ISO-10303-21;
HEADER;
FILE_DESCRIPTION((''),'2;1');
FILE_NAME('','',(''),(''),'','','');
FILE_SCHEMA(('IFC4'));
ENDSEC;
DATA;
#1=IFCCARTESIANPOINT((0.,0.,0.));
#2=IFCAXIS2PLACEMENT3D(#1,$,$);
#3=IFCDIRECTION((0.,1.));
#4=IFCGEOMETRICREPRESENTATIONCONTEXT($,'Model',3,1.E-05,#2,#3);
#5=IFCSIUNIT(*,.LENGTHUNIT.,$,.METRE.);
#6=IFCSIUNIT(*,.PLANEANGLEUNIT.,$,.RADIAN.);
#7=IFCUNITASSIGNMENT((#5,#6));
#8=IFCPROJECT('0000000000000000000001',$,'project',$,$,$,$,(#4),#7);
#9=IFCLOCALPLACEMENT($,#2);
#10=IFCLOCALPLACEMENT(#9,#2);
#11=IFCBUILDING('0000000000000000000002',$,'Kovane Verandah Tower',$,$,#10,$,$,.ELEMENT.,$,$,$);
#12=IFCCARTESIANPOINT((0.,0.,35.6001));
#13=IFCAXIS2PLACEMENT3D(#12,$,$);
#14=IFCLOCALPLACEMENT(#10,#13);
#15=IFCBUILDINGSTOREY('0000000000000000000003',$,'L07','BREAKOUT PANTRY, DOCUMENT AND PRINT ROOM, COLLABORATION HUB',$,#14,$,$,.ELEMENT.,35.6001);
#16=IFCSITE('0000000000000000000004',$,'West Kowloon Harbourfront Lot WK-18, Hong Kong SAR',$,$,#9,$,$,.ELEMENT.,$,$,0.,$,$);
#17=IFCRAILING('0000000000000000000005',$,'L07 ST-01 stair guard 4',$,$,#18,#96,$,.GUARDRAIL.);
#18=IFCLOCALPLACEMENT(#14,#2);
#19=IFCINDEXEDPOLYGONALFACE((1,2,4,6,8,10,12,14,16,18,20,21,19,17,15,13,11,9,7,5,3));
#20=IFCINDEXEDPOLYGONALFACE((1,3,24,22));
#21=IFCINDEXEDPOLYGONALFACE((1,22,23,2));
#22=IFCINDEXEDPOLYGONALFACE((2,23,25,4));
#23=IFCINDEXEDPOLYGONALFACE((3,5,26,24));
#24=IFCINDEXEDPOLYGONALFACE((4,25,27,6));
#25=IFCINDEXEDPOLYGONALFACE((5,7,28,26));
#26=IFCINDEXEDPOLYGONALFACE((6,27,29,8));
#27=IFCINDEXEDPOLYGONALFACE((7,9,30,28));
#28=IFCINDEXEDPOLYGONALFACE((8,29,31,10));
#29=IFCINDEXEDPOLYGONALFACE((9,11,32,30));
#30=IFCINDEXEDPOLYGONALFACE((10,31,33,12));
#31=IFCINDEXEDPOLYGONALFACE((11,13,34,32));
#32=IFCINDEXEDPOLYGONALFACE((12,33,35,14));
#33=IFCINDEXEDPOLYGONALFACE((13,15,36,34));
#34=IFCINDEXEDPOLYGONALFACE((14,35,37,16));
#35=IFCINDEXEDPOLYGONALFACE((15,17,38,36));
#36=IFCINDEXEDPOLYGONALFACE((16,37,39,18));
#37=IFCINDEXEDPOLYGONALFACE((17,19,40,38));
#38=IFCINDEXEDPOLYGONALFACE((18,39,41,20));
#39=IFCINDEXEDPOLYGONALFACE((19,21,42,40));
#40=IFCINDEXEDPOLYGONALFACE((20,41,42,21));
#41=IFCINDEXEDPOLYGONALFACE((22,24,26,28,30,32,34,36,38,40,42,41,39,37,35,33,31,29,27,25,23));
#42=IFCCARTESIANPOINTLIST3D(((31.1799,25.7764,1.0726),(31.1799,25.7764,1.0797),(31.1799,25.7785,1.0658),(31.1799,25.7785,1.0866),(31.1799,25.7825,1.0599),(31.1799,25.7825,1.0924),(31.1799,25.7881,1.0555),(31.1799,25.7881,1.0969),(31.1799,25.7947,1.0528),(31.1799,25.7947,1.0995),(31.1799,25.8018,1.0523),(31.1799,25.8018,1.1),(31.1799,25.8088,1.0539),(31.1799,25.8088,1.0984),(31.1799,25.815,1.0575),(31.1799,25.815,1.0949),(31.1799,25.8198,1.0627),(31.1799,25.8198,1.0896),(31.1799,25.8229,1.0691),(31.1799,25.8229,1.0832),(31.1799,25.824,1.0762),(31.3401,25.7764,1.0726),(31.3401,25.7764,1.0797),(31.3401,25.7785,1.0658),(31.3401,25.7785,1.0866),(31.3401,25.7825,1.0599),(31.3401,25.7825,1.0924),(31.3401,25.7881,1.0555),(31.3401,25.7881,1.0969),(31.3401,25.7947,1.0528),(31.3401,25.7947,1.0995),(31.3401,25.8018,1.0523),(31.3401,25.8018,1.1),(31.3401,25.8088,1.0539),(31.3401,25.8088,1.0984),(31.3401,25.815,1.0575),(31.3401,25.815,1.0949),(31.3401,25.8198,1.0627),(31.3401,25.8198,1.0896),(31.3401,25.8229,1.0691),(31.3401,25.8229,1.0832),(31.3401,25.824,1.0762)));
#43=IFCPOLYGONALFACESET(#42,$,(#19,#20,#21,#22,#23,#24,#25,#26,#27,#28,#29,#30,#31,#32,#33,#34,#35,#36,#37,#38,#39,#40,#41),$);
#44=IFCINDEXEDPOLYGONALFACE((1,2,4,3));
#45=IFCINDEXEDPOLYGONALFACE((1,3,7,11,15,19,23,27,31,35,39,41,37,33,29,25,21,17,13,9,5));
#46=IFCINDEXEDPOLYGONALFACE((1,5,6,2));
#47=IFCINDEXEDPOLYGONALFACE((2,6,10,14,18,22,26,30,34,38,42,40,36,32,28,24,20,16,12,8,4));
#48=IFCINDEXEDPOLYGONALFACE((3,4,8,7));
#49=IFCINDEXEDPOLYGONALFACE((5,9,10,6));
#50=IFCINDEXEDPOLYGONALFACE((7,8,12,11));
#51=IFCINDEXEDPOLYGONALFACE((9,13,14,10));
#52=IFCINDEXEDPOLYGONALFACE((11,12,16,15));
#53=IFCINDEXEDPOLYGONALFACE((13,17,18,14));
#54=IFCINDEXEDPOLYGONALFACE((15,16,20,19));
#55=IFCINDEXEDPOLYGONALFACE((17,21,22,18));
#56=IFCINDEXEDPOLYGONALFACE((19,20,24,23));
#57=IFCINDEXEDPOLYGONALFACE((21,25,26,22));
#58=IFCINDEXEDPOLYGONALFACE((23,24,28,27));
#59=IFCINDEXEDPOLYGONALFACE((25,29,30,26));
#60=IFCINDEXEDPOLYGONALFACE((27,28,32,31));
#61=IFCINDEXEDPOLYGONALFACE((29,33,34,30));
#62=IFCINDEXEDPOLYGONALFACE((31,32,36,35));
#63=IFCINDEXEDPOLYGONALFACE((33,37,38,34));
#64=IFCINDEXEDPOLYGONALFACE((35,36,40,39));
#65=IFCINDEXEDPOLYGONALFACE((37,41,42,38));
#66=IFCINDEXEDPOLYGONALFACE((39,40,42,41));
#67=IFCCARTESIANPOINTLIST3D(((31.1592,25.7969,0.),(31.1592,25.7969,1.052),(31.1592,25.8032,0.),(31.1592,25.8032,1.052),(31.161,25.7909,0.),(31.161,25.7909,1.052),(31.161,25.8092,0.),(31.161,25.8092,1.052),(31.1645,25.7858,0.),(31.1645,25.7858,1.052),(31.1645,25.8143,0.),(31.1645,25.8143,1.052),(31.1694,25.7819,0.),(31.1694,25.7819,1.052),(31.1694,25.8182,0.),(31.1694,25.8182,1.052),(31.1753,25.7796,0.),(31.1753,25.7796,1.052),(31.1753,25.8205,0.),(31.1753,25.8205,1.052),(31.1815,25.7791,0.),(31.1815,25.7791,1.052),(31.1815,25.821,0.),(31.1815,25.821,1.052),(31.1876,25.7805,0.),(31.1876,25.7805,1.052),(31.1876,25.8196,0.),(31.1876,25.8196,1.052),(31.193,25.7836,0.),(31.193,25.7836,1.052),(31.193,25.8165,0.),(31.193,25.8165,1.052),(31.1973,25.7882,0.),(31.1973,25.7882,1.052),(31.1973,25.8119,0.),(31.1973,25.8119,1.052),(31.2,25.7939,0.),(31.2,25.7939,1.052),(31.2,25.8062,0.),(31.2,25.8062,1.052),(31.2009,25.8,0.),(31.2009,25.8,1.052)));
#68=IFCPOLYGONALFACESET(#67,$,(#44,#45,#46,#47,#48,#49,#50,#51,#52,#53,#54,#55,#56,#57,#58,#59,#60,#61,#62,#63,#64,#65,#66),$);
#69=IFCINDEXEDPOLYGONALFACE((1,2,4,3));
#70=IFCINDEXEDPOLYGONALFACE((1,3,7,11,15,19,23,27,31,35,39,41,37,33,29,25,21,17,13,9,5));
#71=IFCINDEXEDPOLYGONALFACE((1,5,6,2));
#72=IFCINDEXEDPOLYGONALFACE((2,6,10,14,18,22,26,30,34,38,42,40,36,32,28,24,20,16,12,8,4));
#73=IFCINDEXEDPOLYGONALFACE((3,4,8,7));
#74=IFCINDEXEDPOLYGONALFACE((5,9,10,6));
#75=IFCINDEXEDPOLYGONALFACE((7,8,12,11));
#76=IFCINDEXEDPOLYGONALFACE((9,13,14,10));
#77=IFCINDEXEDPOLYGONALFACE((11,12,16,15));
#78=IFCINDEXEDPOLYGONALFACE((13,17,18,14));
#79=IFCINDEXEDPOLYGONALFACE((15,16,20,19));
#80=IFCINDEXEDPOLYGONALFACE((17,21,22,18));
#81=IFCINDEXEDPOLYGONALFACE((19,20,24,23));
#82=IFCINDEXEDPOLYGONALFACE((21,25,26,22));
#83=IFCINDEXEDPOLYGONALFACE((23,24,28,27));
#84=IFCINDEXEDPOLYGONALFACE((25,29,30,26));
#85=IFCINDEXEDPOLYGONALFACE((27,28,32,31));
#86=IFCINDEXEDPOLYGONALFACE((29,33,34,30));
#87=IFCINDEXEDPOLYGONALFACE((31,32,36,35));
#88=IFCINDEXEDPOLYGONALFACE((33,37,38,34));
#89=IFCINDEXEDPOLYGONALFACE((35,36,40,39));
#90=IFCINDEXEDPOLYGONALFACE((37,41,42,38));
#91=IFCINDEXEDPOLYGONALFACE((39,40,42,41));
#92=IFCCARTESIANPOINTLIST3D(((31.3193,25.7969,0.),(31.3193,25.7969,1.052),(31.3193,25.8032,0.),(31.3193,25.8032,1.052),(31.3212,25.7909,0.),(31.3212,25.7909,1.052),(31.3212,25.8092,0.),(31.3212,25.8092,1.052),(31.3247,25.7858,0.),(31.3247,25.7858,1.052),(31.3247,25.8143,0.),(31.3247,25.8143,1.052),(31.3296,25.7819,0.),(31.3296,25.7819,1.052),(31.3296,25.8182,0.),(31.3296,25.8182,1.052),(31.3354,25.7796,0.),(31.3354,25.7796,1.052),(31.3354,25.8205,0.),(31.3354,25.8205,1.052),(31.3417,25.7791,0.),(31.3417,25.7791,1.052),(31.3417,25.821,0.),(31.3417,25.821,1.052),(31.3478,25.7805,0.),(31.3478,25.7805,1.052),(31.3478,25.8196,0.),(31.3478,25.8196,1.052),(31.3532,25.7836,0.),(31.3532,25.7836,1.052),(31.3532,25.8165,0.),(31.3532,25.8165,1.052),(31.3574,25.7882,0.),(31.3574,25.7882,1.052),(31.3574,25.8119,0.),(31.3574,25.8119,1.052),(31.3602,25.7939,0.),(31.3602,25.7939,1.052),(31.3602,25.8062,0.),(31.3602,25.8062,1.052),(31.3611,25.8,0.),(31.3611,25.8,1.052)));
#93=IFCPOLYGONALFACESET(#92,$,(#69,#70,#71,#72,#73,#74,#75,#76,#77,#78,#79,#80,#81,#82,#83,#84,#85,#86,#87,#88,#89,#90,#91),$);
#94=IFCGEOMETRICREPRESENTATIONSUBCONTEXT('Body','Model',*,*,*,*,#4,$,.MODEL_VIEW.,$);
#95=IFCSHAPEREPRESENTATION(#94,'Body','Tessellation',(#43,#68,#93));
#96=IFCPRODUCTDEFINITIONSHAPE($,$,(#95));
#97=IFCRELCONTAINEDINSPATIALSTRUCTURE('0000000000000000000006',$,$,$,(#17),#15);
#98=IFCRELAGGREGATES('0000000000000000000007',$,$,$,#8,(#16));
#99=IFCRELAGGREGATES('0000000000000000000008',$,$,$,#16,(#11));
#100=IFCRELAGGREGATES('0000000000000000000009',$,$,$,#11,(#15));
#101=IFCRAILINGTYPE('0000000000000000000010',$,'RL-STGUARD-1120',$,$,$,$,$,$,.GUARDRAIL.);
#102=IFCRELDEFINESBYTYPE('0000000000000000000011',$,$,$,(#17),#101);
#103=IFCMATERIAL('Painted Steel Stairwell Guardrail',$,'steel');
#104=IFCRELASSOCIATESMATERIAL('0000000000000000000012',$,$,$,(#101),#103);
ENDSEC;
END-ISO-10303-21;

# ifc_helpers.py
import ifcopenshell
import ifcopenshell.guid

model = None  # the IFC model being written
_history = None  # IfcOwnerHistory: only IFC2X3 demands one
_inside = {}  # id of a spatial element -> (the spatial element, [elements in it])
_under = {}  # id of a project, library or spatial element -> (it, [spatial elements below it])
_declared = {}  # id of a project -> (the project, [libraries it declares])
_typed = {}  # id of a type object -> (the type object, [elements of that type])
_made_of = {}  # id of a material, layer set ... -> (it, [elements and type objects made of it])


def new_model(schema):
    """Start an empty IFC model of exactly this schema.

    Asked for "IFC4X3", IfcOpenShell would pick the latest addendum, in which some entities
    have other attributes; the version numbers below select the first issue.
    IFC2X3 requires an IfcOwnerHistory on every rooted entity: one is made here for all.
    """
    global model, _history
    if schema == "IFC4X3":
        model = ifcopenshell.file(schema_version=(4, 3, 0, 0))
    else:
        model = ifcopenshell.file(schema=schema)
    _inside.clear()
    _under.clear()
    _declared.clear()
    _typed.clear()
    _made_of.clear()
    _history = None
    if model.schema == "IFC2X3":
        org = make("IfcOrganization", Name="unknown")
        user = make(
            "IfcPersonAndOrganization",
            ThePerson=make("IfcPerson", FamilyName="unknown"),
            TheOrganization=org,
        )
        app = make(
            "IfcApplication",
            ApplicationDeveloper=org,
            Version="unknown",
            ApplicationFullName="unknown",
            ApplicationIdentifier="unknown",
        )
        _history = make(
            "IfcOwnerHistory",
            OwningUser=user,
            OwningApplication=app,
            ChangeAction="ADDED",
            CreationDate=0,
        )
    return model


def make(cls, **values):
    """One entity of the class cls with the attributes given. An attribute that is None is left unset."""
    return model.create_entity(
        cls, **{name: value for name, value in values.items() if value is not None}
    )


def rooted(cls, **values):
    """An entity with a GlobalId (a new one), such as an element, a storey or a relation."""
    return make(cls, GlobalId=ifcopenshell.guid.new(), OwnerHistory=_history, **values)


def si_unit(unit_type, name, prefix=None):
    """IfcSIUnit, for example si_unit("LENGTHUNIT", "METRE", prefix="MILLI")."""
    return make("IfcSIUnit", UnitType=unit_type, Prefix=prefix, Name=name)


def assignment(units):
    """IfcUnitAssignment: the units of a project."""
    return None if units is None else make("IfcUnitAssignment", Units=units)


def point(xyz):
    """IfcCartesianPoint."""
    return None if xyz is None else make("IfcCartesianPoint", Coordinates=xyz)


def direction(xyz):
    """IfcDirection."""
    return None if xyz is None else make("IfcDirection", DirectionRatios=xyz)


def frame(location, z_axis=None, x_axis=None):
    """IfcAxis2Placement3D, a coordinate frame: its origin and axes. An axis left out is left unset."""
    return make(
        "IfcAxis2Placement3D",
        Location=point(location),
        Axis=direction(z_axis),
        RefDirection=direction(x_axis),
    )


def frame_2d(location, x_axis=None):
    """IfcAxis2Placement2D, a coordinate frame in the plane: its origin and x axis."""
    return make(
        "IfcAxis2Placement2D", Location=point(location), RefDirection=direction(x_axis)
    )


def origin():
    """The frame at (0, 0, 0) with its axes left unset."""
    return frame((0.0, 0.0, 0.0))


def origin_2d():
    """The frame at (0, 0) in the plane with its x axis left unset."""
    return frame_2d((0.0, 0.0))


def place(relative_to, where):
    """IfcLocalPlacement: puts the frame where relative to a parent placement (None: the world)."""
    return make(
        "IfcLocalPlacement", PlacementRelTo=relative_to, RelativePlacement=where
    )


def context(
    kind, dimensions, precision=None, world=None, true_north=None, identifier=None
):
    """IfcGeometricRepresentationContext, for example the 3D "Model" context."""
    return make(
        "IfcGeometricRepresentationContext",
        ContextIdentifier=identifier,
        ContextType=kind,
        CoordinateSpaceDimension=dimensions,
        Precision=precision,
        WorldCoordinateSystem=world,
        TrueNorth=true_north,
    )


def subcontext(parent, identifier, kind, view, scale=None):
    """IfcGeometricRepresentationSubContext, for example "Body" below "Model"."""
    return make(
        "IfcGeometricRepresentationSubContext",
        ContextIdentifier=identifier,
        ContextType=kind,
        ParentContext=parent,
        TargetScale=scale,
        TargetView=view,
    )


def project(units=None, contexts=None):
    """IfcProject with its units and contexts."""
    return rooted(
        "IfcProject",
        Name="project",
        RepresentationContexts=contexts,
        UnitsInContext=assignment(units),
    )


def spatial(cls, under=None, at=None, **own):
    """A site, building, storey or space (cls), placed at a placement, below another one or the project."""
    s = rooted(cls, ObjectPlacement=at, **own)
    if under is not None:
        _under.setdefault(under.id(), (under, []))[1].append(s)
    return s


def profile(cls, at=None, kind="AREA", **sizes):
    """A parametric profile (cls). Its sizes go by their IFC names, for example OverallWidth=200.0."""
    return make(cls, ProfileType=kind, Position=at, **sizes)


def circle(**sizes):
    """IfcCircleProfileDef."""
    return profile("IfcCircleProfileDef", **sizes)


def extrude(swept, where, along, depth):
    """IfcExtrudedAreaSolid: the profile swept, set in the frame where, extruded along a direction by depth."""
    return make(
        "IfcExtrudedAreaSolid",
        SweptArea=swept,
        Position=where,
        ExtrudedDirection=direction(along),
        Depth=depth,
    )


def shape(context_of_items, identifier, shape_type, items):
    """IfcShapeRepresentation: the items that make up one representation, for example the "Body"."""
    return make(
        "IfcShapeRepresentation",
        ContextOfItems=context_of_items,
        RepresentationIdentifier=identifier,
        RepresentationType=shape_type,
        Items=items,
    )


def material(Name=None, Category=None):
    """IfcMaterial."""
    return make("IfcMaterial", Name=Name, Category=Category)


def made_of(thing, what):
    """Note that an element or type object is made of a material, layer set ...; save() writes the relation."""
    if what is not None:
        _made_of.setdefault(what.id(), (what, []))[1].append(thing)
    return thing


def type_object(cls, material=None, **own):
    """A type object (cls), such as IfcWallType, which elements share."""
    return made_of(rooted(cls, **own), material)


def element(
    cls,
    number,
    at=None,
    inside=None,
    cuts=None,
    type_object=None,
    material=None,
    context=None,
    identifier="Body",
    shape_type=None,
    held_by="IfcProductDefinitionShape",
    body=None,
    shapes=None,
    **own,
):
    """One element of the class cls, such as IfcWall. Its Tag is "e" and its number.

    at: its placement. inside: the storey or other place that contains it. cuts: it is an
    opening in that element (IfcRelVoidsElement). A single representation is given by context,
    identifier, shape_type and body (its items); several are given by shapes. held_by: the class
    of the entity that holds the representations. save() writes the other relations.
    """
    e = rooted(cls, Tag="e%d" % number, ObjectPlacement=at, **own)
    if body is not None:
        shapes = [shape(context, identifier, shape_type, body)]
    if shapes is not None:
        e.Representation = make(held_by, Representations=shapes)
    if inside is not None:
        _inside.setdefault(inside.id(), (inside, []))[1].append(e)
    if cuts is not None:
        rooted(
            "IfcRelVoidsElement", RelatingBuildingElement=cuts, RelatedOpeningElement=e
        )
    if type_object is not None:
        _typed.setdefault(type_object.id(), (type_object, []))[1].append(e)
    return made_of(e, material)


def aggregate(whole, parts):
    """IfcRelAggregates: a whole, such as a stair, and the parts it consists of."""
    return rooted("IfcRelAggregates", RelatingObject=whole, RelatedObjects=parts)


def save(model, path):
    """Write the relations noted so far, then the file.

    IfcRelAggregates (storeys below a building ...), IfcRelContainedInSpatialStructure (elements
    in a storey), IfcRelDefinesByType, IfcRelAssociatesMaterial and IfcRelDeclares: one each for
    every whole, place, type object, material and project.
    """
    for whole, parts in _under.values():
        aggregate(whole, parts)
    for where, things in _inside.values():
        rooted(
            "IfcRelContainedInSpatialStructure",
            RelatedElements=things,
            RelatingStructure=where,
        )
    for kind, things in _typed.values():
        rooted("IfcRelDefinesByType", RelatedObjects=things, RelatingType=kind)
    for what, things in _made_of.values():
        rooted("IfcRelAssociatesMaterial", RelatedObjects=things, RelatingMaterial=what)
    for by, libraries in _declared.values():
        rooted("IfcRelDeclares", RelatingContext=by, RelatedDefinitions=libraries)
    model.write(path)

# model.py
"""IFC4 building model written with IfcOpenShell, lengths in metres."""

from ifc_helpers import new_model, si_unit, direction, frame, origin, origin_2d, place, context, subcontext, project, spatial, circle, extrude, material, type_object, element, save


model = new_model("IFC4")

# Units and contexts
model_context = context("Model", 3, precision=1e-05, world=origin(), true_north=direction((0.0, 1.0)))
body_context = subcontext(model_context, "Body", "Model", "MODEL_VIEW")
ifc_project = project(units=[si_unit("LENGTHUNIT", "METRE"), si_unit("PLANEANGLEUNIT", "RADIAN")], contexts=[model_context])

# Site, building, storey
site_placement = place(None, origin())
site = spatial("IfcSite", under=ifc_project, at=site_placement, Name="West Kowloon Harbourfront Lot WK-18, Hong Kong SAR", CompositionType="ELEMENT", RefElevation=0.0)
building_placement = place(site_placement, origin())
building = spatial("IfcBuilding", under=site, at=building_placement, Name="Kovane Verandah Tower", CompositionType="ELEMENT")
storey_placement = place(building_placement, frame((0.0, 0.0, 35.6001)))
storey = spatial("IfcBuildingStorey", under=building, at=storey_placement, Name="L07", Description="BREAKOUT PANTRY, DOCUMENT AND PRINT ROOM, COLLABORATION HUB", CompositionType="ELEMENT", Elevation=35.6001)

# Railing
ifc_material_1 = material(Name="Painted Steel Stairwell Guardrail", Category="steel")
railing_type_1 = type_object("IfcRailingType", Name="RL-STGUARD-1120", PredefinedType="GUARDRAIL", material=ifc_material_1)
railing_1_placement = place(storey_placement, frame((31.1799, 25.8, 0.0)))
element("IfcRailing", 1, at=railing_1_placement, inside=storey, type_object=railing_type_1, Name="L07 ST-01 stair guard 4", PredefinedType="GUARDRAIL", context=body_context, shape_type="SweptSolid", body=[
    extrude(circle(Radius=0.0239, at=origin_2d()), frame((0.0, 0.0, 1.0762), z_axis=(1.0, 0.0, 0.0), x_axis=(0.0, 1.0, 0.0)), (0.0, 0.0, 1.0), 0.1602),
    extrude(circle(Radius=0.021, at=origin_2d()), origin(), (0.0, 0.0, 1.0), 1.052),
    extrude(circle(Radius=0.021, at=origin_2d()), frame((0.1602, 0.0, 0.0)), (0.0, 0.0, 1.0), 1.052),
])

save(model, "model.ifc")
